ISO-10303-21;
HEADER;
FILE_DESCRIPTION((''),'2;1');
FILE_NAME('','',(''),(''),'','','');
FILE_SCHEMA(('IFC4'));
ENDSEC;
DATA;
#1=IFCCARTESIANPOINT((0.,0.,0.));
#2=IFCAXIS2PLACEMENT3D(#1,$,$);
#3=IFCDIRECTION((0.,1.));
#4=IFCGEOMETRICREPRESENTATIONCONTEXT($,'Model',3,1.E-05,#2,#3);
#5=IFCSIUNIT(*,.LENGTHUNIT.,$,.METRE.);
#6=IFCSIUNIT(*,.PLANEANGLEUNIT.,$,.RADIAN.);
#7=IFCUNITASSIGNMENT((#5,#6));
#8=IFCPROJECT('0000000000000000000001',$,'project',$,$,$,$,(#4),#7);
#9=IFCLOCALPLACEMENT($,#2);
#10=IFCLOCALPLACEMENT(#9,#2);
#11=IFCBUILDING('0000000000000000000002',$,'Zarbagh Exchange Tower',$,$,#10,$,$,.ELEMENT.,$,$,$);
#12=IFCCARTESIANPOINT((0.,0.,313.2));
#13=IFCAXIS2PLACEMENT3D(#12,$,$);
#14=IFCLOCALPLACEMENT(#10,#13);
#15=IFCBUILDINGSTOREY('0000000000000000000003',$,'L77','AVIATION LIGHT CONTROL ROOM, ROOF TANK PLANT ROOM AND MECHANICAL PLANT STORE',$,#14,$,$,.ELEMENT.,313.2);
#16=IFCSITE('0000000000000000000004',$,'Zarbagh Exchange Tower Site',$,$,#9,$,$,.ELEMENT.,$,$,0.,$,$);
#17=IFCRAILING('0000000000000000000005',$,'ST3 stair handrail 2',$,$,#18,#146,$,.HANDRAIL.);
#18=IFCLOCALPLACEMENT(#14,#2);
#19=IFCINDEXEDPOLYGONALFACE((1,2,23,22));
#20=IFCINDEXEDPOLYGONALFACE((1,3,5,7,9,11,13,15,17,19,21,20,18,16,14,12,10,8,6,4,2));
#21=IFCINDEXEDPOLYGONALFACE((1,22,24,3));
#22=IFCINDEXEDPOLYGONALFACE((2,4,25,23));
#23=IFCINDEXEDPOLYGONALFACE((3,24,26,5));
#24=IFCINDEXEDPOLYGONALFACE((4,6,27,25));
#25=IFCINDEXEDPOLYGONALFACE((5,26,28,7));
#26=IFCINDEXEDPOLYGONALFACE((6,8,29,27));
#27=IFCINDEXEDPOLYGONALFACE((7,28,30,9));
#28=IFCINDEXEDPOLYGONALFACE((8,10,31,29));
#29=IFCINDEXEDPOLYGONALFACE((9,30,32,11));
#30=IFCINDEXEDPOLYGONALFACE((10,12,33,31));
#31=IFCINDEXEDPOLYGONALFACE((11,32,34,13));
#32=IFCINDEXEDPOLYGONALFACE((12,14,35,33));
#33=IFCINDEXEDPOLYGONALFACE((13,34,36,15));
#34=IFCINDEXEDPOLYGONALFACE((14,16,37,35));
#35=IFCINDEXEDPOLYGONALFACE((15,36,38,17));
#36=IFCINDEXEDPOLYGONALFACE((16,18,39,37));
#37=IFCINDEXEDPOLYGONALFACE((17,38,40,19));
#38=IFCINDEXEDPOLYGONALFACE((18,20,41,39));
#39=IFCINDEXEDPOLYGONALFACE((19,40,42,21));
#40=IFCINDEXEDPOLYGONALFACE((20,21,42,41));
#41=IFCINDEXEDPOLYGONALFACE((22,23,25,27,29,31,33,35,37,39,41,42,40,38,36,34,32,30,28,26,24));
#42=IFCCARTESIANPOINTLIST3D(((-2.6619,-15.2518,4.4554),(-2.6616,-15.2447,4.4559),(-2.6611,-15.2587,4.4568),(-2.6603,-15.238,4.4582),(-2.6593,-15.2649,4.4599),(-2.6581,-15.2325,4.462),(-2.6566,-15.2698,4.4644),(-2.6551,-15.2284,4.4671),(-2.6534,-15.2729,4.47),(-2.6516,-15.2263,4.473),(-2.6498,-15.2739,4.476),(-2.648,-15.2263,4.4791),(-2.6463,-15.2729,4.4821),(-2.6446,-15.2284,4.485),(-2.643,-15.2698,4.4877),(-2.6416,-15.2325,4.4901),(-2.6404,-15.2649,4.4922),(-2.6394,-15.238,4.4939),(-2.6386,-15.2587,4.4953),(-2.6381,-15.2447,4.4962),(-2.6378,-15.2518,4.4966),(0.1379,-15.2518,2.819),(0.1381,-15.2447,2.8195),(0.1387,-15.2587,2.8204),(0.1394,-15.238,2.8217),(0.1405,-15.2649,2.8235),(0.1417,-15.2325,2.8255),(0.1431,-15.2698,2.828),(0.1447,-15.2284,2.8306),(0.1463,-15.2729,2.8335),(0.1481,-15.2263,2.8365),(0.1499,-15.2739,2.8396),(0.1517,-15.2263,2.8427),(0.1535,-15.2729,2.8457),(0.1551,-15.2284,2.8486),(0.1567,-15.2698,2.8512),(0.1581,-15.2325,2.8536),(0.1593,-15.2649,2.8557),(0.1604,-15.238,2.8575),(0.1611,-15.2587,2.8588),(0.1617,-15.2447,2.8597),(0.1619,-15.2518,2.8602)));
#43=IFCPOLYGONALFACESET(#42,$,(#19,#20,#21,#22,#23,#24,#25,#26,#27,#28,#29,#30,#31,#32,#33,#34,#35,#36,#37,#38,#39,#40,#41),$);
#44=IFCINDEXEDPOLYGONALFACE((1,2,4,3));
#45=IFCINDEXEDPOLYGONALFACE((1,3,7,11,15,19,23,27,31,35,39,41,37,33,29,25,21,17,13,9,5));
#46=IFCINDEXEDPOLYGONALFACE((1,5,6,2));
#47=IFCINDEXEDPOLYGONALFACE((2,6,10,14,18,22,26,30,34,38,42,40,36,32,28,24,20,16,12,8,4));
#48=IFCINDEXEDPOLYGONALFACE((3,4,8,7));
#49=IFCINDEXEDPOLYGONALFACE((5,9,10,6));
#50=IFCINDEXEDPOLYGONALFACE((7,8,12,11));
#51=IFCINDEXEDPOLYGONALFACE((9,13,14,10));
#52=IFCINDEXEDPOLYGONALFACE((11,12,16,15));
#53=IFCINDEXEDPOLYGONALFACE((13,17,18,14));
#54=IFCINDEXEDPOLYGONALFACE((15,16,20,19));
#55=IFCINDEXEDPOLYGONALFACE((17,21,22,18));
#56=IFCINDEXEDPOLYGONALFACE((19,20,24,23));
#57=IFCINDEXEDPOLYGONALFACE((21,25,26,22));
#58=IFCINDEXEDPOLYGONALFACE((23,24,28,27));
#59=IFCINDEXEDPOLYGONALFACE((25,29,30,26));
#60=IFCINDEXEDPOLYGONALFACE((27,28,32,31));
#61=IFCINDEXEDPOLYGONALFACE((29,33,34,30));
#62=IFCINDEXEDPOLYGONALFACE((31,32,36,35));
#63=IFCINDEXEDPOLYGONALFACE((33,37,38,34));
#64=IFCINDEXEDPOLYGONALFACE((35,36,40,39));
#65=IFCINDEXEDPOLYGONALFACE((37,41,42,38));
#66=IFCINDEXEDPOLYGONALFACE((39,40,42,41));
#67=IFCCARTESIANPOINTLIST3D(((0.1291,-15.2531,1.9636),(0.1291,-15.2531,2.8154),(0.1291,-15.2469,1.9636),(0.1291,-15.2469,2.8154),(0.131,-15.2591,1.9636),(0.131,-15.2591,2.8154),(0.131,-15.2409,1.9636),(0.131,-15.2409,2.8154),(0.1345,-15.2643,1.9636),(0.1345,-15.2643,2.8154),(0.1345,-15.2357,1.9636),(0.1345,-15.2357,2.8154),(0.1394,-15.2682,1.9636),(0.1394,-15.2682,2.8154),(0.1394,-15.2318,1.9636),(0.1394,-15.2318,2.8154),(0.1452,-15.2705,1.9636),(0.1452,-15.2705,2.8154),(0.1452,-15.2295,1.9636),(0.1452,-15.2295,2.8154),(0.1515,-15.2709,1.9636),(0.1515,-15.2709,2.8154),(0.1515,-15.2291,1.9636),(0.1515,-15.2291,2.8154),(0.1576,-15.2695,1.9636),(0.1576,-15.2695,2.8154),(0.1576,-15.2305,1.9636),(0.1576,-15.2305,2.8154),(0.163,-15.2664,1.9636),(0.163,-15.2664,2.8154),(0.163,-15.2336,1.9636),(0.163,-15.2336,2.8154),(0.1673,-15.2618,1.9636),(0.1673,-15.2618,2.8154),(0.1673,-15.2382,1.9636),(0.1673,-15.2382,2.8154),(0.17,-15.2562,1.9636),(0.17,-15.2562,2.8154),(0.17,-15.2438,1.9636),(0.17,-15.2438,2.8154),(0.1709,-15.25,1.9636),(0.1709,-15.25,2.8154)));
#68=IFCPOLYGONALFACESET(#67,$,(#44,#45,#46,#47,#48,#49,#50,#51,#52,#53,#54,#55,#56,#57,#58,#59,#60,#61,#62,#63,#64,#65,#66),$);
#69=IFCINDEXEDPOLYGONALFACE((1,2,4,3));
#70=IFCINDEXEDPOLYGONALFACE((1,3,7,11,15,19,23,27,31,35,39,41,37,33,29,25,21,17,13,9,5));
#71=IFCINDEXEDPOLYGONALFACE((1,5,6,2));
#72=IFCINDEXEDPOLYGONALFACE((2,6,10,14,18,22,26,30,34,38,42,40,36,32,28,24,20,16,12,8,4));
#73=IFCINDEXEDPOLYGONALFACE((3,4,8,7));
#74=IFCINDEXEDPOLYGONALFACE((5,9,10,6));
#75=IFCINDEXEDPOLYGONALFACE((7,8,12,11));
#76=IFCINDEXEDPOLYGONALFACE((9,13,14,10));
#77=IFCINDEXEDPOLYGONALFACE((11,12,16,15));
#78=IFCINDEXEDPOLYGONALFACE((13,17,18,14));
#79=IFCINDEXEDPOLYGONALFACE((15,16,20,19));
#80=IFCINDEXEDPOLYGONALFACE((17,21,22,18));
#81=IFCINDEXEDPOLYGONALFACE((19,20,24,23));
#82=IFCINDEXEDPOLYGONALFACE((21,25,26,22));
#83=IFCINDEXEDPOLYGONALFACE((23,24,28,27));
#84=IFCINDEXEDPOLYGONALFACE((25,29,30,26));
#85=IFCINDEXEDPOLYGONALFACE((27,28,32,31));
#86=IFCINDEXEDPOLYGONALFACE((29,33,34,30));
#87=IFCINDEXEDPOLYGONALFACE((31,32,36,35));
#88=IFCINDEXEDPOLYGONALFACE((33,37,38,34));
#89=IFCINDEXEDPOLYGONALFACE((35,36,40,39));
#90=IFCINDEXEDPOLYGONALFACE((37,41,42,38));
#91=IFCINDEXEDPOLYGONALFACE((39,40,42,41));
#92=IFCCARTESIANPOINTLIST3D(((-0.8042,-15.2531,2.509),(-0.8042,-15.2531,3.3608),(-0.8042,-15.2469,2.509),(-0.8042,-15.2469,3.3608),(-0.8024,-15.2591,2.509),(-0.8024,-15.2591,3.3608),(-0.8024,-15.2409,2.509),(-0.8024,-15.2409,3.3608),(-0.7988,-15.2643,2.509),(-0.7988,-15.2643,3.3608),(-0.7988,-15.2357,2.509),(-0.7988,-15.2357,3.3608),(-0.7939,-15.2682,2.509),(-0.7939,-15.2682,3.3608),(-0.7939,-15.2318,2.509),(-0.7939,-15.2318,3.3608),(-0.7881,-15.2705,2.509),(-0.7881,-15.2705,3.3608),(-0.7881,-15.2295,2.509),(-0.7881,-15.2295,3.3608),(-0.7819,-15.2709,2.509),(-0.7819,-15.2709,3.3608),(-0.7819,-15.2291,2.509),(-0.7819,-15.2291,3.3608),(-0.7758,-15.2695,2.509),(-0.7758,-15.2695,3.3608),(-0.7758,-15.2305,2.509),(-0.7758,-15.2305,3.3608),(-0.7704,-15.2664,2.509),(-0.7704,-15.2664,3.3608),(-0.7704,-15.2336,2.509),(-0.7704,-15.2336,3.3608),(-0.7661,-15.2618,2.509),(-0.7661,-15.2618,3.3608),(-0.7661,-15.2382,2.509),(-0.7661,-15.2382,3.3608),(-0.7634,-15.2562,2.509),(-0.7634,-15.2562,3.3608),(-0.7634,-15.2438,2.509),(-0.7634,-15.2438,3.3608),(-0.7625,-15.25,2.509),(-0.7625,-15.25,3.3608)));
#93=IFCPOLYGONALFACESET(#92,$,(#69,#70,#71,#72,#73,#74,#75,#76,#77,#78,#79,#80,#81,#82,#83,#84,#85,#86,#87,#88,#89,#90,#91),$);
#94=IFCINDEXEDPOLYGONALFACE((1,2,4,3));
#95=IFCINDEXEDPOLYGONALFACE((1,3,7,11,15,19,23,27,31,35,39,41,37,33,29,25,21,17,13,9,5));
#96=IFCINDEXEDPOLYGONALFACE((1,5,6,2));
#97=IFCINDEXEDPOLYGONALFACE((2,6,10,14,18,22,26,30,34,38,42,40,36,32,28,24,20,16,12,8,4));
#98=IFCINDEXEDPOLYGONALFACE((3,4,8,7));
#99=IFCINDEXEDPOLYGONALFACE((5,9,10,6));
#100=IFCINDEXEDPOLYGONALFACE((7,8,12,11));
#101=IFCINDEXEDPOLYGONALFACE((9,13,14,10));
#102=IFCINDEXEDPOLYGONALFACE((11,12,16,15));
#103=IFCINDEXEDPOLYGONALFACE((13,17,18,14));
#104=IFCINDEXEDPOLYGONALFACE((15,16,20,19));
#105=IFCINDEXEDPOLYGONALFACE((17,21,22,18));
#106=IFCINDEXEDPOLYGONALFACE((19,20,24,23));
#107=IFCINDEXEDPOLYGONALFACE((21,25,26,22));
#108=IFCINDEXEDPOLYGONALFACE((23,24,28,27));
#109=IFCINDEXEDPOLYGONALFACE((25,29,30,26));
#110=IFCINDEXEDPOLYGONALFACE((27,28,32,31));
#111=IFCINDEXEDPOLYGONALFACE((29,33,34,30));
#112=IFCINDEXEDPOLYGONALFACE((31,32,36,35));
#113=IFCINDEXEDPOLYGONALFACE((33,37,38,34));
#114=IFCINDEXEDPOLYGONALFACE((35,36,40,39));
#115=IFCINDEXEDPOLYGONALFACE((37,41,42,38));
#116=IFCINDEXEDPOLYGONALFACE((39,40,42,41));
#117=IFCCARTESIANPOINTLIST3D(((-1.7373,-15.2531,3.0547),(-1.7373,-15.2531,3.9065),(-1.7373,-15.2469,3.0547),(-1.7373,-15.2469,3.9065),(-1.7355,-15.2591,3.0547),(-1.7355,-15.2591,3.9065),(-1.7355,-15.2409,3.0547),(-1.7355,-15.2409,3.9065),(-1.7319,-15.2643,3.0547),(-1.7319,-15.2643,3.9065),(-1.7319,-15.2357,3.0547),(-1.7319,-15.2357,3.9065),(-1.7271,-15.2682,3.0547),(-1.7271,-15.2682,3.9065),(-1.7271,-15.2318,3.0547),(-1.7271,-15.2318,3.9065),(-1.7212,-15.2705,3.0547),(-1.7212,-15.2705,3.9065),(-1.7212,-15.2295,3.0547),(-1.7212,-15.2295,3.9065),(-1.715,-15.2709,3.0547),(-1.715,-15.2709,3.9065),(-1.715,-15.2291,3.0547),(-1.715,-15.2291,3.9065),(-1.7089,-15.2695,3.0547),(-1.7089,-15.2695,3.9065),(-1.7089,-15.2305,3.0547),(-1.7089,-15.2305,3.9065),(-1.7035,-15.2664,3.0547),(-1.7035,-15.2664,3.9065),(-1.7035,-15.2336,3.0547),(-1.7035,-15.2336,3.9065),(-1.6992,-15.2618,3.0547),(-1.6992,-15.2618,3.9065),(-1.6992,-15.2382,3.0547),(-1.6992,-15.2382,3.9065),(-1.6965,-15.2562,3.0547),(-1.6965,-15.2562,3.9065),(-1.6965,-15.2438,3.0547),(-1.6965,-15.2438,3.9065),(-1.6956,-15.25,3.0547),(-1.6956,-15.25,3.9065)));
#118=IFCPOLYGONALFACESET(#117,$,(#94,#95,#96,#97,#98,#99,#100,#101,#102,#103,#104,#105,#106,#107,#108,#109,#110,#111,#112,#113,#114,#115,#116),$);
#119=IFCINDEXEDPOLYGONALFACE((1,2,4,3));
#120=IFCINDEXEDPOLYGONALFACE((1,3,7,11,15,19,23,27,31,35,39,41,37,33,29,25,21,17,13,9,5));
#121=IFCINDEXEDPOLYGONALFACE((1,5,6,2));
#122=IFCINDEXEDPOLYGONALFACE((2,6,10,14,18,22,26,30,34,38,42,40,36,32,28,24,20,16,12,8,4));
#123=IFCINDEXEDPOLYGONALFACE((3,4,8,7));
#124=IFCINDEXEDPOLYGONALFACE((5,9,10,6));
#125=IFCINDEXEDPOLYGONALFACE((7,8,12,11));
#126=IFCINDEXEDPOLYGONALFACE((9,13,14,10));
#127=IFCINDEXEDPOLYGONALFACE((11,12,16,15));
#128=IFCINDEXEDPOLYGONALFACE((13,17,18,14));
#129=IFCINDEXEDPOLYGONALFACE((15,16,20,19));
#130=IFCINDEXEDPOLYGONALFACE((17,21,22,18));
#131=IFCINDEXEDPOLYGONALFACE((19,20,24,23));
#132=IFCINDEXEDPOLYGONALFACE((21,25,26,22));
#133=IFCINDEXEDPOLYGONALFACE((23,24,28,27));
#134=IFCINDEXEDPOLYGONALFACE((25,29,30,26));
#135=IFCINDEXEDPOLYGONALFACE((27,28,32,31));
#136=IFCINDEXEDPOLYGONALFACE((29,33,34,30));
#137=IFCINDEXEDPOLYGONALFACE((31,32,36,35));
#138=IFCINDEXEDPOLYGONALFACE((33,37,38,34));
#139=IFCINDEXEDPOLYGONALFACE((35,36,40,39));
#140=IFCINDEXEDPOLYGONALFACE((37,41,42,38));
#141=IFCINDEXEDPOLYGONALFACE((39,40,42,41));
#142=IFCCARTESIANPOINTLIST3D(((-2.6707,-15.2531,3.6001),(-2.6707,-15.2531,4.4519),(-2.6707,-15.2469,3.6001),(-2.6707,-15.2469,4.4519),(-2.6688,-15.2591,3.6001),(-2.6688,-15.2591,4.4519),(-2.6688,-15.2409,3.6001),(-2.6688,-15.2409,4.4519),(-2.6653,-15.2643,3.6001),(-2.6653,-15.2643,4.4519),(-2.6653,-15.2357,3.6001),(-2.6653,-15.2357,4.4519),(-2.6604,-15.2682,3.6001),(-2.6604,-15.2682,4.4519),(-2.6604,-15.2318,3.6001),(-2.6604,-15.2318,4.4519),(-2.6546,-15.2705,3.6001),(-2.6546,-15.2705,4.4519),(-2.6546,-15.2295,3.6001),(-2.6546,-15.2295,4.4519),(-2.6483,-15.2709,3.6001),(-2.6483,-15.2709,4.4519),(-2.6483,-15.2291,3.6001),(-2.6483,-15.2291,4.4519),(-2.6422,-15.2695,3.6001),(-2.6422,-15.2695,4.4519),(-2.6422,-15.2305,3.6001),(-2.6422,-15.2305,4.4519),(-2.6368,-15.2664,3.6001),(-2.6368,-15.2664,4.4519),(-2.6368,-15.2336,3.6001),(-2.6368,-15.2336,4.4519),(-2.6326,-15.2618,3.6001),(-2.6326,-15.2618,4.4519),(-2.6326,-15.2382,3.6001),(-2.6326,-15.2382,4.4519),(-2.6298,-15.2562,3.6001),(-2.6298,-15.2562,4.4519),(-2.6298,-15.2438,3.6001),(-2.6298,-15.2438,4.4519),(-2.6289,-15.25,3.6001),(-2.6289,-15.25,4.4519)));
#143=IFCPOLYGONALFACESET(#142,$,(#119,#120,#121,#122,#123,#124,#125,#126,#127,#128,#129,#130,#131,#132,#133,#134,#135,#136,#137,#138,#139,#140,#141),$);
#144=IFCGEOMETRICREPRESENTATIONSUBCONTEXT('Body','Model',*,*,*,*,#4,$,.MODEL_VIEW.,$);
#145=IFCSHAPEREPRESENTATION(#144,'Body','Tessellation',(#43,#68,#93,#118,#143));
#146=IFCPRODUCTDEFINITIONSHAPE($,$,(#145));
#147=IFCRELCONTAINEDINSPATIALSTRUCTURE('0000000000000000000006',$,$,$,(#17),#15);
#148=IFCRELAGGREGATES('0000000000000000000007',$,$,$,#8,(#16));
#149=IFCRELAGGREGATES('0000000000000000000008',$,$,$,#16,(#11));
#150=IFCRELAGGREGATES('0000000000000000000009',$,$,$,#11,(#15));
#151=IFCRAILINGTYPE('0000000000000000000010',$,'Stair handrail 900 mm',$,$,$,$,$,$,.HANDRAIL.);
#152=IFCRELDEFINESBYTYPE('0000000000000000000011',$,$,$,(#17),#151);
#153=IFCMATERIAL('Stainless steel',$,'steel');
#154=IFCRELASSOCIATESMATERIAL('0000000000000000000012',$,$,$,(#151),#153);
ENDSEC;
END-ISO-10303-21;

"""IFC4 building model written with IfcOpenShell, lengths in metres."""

from ifc_helpers import new_model, si_unit, direction, frame, origin, origin_2d, place, context, subcontext, project, spatial, circle, extrude, material, type_object, element, save


model = new_model("IFC4")

# Units and contexts
model_context = context("Model", 3, precision=1e-05, world=origin(), true_north=direction((0.0, 1.0)))
body_context = subcontext(model_context, "Body", "Model", "MODEL_VIEW")
ifc_project = project(units=[si_unit("LENGTHUNIT", "METRE"), si_unit("PLANEANGLEUNIT", "RADIAN")], contexts=[model_context])

# Site, building, storey
site_placement = place(None, origin())
site = spatial("IfcSite", under=ifc_project, at=site_placement, Name="Zarbagh Exchange Tower Site", CompositionType="ELEMENT", RefElevation=0.0)
building_placement = place(site_placement, origin())
building = spatial("IfcBuilding", under=site, at=building_placement, Name="Zarbagh Exchange Tower", CompositionType="ELEMENT")
storey_placement = place(building_placement, frame((0.0, 0.0, 313.2)))
storey = spatial("IfcBuildingStorey", under=building, at=storey_placement, Name="L77", Description="AVIATION LIGHT CONTROL ROOM, ROOF TANK PLANT ROOM AND MECHANICAL PLANT STORE", CompositionType="ELEMENT", Elevation=313.2)

# Shared definitions
ifc_material_1 = material(Name="Stainless steel", Category="steel")

# Railing
railing_type_1 = type_object("IfcRailingType", Name="Stair handrail 900 mm", PredefinedType="HANDRAIL", material=ifc_material_1)
railing_1_placement = place(storey_placement, frame((0.1499, -15.25, 1.9636)))
element("IfcRailing", 1, at=railing_1_placement, inside=storey, type_object=railing_type_1, Name="ST3 stair handrail 2", PredefinedType="HANDRAIL", context=body_context, shape_type="SweptSolid", body=[
    extrude(circle(Radius=0.0239, at=origin_2d()), frame((0.0, 0.0, 0.876), z_axis=(-0.863342, 0.0, 0.50462), x_axis=(0.0, -1.0, 0.0)), (0.0, 0.0, 1.0), 3.2429),
    extrude(circle(Radius=0.021, at=origin_2d()), origin(), (0.0, 0.0, 1.0), 0.8518),
    extrude(circle(Radius=0.021, at=origin_2d()), frame((-0.9333, 0.0, 0.5454)), (0.0, 0.0, 1.0), 0.8518),
    extrude(circle(Radius=0.021, at=origin_2d()), frame((-1.8665, 0.0, 1.0911)), (0.0, 0.0, 1.0), 0.8518),
    extrude(circle(Radius=0.021, at=origin_2d()), frame((-2.7998, 0.0, 1.6365)), (0.0, 0.0, 1.0), 0.8518),
])

save(model, "model.ifc")
